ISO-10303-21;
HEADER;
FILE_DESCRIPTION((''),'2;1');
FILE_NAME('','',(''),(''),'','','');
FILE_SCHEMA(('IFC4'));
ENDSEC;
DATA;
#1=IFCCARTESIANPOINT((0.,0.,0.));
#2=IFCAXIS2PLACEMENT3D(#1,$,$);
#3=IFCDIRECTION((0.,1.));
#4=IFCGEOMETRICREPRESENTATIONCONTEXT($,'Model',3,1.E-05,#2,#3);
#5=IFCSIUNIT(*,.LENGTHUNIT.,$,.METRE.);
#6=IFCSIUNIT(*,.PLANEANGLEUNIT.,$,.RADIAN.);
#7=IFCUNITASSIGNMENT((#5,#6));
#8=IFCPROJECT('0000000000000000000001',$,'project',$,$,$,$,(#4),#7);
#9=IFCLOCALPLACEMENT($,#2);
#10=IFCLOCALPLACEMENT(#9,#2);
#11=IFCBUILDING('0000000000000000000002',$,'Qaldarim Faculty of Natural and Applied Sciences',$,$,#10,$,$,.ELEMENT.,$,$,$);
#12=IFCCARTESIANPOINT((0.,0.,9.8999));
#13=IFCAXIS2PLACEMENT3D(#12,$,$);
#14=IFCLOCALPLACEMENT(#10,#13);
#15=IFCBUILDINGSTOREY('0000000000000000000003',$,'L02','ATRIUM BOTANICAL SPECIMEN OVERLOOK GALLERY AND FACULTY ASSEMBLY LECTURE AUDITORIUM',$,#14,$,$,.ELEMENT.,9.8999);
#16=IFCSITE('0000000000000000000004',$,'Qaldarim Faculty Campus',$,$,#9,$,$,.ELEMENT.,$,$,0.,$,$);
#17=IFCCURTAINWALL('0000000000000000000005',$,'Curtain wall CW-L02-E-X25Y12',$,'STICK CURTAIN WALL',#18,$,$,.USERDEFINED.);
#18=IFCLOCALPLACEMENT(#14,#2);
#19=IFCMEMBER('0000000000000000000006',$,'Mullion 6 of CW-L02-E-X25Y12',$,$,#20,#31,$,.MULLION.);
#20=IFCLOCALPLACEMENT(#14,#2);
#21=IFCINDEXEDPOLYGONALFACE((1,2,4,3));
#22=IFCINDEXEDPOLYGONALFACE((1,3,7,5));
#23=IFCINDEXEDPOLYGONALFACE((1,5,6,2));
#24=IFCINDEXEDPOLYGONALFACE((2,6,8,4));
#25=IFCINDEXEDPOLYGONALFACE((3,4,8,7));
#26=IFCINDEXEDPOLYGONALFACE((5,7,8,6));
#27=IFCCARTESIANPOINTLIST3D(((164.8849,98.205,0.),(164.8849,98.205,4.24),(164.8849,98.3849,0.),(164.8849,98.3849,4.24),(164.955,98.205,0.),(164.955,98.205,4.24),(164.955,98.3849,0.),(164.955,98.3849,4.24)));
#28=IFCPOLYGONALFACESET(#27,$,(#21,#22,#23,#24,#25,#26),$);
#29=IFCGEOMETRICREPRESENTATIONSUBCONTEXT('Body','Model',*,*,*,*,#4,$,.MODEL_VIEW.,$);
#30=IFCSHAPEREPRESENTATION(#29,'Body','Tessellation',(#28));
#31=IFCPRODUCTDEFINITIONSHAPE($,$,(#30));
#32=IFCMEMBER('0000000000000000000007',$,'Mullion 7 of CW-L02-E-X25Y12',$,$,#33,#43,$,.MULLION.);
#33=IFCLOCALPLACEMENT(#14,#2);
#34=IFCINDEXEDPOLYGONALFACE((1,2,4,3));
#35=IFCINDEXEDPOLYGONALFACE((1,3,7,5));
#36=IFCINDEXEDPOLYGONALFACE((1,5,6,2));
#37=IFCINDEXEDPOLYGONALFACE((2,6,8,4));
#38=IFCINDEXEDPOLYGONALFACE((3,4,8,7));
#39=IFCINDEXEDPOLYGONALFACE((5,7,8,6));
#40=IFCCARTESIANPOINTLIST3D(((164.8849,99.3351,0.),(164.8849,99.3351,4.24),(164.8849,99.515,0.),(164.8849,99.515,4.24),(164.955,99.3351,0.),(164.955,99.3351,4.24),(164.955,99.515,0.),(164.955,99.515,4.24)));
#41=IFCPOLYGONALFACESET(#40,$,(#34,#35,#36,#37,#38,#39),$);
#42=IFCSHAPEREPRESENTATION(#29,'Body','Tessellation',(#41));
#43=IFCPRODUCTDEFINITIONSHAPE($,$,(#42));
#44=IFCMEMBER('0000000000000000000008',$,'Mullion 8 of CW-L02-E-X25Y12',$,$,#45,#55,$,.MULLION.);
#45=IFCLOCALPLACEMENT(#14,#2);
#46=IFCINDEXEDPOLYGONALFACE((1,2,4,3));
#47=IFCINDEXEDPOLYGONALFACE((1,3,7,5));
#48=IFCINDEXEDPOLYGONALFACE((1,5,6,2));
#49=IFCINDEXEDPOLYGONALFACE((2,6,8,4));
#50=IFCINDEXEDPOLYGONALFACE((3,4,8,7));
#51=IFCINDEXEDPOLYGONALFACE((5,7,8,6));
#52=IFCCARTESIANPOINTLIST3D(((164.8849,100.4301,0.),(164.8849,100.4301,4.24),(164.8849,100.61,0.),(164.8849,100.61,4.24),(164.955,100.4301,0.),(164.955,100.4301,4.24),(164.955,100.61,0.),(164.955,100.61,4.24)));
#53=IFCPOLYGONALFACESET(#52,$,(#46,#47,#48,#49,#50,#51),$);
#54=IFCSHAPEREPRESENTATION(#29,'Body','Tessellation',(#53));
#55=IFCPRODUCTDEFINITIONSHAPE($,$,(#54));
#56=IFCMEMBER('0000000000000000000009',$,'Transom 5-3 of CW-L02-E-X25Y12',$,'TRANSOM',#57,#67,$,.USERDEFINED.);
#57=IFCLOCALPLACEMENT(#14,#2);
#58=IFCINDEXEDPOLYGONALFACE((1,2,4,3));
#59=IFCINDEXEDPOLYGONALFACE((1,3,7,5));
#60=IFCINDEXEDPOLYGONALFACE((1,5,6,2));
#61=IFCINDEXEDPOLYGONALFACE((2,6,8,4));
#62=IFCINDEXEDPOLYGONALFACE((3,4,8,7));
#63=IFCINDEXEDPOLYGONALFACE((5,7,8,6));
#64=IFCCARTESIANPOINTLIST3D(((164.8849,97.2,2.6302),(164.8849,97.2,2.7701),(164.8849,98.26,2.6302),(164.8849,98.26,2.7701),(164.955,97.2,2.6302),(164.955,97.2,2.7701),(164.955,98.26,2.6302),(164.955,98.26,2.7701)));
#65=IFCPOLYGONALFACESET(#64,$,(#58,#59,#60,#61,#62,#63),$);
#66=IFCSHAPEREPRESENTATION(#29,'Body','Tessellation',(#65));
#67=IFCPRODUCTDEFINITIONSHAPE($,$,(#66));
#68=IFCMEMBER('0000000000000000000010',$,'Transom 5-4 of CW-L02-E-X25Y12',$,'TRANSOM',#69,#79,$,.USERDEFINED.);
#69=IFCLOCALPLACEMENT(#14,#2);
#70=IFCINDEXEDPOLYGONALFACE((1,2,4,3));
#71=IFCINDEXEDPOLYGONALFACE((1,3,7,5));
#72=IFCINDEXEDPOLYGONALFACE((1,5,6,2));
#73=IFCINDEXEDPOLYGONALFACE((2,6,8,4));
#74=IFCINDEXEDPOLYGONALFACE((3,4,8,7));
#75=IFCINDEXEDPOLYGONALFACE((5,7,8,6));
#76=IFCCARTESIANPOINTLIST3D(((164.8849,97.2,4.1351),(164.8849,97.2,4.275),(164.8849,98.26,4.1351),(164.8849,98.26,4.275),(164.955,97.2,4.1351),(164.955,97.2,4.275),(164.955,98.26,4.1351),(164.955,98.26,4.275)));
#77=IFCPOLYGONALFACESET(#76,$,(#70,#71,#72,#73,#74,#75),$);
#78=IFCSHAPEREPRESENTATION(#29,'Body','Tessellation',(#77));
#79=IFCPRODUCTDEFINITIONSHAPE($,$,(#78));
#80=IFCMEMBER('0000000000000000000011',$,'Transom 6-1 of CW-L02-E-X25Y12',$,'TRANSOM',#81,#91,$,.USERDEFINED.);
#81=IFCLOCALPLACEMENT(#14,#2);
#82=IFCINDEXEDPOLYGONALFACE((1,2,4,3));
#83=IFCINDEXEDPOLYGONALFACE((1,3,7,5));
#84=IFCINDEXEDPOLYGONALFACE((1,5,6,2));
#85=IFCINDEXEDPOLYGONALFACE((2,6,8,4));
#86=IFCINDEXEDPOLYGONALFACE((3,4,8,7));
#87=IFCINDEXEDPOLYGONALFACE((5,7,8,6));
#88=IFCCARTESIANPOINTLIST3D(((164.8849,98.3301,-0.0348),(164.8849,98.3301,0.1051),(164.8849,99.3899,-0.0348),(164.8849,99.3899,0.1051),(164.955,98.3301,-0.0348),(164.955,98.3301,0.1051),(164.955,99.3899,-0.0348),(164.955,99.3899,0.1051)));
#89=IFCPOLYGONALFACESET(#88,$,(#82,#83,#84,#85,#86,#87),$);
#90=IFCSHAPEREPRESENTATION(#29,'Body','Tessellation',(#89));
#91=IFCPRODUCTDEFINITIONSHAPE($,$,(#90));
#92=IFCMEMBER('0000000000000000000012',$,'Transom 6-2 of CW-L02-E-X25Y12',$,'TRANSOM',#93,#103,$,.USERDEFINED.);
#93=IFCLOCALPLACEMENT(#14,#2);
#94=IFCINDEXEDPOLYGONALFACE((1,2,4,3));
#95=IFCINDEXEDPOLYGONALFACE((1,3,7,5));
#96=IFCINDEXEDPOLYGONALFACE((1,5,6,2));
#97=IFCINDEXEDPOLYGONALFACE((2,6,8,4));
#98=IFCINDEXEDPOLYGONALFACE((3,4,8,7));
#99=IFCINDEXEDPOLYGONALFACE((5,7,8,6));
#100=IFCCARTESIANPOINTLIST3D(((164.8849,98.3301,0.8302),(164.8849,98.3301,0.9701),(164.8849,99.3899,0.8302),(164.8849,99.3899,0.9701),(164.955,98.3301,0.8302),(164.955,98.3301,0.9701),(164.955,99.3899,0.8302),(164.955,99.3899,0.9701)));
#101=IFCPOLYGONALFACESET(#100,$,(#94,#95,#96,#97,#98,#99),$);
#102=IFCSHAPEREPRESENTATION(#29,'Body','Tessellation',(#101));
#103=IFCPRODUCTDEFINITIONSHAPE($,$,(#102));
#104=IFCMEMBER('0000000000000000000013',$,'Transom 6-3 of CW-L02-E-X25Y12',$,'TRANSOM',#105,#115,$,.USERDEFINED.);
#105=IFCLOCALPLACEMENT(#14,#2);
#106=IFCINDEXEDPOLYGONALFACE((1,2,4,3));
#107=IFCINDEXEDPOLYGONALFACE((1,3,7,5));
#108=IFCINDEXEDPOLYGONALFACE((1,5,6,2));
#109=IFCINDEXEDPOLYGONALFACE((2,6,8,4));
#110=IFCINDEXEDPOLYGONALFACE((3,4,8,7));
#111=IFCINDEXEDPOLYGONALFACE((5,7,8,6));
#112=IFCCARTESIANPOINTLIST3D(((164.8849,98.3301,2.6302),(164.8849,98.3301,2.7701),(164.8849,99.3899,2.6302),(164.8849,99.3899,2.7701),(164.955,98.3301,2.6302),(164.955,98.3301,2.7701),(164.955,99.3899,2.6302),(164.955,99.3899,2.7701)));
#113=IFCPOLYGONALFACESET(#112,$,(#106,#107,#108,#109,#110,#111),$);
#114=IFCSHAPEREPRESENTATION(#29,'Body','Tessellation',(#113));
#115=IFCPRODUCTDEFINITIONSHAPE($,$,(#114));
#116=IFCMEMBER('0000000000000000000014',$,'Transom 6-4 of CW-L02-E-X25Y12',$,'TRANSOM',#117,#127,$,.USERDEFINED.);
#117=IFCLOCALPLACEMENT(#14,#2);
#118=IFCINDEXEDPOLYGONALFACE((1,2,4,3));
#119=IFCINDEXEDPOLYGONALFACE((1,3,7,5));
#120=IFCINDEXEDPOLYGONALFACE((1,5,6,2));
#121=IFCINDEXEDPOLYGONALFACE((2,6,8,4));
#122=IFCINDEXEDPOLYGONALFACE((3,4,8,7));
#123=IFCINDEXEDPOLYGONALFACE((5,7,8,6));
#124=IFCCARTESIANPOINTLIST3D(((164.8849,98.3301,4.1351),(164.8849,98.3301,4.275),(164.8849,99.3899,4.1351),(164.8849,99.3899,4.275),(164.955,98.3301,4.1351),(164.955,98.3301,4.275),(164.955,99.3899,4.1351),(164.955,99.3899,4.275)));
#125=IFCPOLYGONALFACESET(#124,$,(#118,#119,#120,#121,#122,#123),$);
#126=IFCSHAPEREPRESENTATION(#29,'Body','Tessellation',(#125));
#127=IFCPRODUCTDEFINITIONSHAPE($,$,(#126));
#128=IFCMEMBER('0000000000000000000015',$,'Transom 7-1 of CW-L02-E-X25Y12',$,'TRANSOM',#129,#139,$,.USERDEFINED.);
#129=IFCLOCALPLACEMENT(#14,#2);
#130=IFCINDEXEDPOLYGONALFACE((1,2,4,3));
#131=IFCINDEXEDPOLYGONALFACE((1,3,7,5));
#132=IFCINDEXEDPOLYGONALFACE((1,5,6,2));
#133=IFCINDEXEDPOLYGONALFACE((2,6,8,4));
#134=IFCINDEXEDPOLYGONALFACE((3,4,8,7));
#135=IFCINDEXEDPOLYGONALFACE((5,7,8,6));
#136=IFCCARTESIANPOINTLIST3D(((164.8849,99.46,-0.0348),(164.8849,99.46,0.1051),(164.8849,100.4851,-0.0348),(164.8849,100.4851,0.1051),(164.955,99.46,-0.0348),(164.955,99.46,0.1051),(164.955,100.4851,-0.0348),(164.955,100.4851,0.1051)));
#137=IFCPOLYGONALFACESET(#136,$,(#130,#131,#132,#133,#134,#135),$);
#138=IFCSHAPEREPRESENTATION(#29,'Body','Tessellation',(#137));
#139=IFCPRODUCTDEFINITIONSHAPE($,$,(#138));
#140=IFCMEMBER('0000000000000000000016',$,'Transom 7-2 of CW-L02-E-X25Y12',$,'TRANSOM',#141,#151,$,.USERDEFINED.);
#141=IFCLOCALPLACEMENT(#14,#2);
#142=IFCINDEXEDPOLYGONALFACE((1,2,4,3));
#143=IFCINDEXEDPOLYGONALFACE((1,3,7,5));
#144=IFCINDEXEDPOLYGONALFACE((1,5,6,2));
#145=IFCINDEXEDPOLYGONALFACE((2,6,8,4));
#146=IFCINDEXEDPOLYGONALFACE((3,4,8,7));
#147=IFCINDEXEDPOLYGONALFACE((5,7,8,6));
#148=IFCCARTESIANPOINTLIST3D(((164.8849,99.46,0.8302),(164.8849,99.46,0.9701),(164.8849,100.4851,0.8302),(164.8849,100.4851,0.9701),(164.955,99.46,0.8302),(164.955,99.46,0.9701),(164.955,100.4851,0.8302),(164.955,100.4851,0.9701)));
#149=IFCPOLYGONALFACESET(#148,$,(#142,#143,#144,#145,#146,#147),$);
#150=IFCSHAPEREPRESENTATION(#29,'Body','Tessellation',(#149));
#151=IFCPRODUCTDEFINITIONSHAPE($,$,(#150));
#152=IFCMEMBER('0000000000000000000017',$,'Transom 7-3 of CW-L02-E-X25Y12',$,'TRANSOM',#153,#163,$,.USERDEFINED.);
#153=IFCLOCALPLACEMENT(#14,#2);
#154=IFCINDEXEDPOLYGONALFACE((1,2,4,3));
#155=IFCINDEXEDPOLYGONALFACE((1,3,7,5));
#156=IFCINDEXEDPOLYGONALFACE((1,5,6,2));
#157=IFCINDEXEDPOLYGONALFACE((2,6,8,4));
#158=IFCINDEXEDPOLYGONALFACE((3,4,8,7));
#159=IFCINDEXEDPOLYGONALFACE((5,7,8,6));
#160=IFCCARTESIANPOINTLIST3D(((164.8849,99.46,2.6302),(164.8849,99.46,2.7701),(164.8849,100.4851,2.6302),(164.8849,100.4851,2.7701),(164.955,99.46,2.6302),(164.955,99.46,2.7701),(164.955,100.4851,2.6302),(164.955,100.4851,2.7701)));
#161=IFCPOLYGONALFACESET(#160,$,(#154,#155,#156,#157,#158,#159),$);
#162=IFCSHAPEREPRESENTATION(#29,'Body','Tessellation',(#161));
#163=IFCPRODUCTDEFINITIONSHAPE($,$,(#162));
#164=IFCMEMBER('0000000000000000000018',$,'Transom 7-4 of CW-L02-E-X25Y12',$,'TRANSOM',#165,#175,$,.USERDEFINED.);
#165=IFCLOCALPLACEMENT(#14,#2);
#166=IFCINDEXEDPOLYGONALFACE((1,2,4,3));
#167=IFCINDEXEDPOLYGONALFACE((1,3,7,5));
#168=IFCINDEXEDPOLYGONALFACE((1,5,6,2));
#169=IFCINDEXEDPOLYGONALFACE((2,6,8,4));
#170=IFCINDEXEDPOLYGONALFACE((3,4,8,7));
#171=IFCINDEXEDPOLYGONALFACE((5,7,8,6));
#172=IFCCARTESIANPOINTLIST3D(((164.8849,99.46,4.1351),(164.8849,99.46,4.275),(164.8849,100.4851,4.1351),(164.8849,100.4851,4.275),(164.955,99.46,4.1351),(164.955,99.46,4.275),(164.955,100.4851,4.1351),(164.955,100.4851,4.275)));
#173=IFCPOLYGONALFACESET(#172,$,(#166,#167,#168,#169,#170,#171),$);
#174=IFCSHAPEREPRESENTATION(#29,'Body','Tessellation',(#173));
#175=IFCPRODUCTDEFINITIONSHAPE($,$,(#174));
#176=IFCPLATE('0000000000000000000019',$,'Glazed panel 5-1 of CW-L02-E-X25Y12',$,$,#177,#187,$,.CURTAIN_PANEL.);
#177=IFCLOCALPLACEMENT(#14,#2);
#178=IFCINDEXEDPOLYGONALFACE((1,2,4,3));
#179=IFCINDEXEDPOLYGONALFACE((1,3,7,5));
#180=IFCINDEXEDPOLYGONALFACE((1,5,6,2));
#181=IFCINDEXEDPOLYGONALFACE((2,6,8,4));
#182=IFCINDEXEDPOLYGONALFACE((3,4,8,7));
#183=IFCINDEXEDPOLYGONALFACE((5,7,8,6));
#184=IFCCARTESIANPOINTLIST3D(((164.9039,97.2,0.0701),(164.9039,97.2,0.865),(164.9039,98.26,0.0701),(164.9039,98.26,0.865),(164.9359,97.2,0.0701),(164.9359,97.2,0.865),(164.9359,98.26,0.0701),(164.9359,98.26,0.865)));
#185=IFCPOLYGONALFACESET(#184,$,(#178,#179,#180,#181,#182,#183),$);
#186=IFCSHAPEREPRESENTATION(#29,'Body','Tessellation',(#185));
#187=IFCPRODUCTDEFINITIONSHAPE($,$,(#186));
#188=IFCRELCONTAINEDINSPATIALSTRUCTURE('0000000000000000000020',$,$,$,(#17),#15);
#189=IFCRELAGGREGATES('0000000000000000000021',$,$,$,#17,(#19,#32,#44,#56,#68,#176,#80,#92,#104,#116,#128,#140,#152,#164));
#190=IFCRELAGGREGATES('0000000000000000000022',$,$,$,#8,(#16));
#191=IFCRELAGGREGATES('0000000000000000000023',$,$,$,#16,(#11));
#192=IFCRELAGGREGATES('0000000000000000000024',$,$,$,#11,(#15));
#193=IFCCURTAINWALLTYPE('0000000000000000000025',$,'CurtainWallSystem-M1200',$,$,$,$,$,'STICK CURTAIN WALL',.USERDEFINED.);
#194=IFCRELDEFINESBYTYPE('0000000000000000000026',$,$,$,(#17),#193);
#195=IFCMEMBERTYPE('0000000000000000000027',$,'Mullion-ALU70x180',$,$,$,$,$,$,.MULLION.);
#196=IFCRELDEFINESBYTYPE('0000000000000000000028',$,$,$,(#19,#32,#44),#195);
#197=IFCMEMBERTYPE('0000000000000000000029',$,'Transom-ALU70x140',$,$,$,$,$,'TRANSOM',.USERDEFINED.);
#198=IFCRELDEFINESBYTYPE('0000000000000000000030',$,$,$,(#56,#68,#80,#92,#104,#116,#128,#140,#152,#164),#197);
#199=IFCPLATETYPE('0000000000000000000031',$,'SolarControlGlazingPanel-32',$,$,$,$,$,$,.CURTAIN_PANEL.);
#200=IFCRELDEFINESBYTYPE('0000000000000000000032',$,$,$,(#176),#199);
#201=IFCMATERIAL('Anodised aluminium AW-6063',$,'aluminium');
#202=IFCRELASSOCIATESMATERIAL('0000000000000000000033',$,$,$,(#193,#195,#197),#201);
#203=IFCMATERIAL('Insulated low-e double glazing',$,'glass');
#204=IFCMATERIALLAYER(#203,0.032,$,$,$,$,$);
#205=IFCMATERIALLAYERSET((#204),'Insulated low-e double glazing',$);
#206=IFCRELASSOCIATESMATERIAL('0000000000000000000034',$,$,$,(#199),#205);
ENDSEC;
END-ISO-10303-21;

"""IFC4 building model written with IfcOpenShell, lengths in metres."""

from ifc_helpers import new_model, si_unit, direction, frame, origin, origin_2d, place, context, subcontext, project, spatial, rectangle, extrude, material, layer, layer_set, material_profile, profile_set, type_object, element, aggregate, save


model = new_model("IFC4")

# Units and contexts
model_context = context("Model", 3, precision=1e-05, world=origin(), true_north=direction((0.0, 1.0)))
body_context = subcontext(model_context, "Body", "Model", "MODEL_VIEW")
ifc_project = project(units=[si_unit("LENGTHUNIT", "METRE"), si_unit("PLANEANGLEUNIT", "RADIAN")], contexts=[model_context])

# Site, building, storey
site_placement = place(None, origin())
site = spatial("IfcSite", under=ifc_project, at=site_placement, Name="Qaldarim Faculty Campus", CompositionType="ELEMENT", RefElevation=0.0)
building_placement = place(site_placement, origin())
building = spatial("IfcBuilding", under=site, at=building_placement, Name="Qaldarim Faculty of Natural and Applied Sciences", CompositionType="ELEMENT")
storey_placement = place(building_placement, frame((0.0, 0.0, 9.8999)))
storey = spatial("IfcBuildingStorey", under=building, at=storey_placement, Name="L02", Description="ATRIUM BOTANICAL SPECIMEN OVERLOOK GALLERY AND FACULTY ASSEMBLY LECTURE AUDITORIUM", CompositionType="ELEMENT", Elevation=9.8999)

# Curtain wall, members, plate
ifc_material_1 = material(Name="Anodised aluminium AW-6063", Category="aluminium")
curtain_wall_type = type_object("IfcCurtainWallType", Name="CurtainWallSystem-M1200", ElementType="STICK CURTAIN WALL", PredefinedType="USERDEFINED", material=ifc_material_1)
curtain_wall_placement = place(storey_placement, origin())
curtain_wall = element("IfcCurtainWall", 1, at=curtain_wall_placement, inside=storey, type_object=curtain_wall_type, Name="Curtain wall CW-L02-E-X25Y12", ObjectType="STICK CURTAIN WALL", PredefinedType="USERDEFINED")
ifc_material_profile_1 = material_profile(ifc_material_1, rectangle(XDim=0.0701, YDim=0.1799, at=origin_2d()), Name="ALU-M70x180")
ifc_profile_set_1 = profile_set([ifc_material_profile_1], Name="Anodised aluminium AW-6063")
member_type_1 = type_object("IfcMemberType", Name="Mullion-ALU70x180", PredefinedType="MULLION", material=ifc_profile_set_1)
member_1_placement = place(storey_placement, frame((164.9199, 98.2949, 0.0), z_axis=(0.0, 0.0, 1.0), x_axis=(-1.0, 0.0, 0.0)))
member_1 = element("IfcMember", 2, at=member_1_placement, type_object=member_type_1, Name="Mullion 6 of CW-L02-E-X25Y12", PredefinedType="MULLION", context=body_context, shape_type="SweptSolid", body=[
    extrude(rectangle(XDim=0.0701, YDim=0.1799, at=origin_2d()), origin(), (0.0, 0.0, 1.0), 4.24),
])
member_2_placement = place(storey_placement, frame((164.9199, 99.425, 0.0), z_axis=(0.0, 0.0, 1.0), x_axis=(-1.0, 0.0, 0.0)))
member_2 = element("IfcMember", 3, at=member_2_placement, type_object=member_type_1, Name="Mullion 7 of CW-L02-E-X25Y12", PredefinedType="MULLION", context=body_context, shape_type="SweptSolid", body=[
    extrude(rectangle(XDim=0.0701, YDim=0.1799, at=origin_2d()), origin(), (0.0, 0.0, 1.0), 4.24),
])
member_3_placement = place(storey_placement, frame((164.9199, 100.52, 0.0), z_axis=(0.0, 0.0, 1.0), x_axis=(-1.0, 0.0, 0.0)))
member_3 = element("IfcMember", 4, at=member_3_placement, type_object=member_type_1, Name="Mullion 8 of CW-L02-E-X25Y12", PredefinedType="MULLION", context=body_context, shape_type="SweptSolid", body=[
    extrude(rectangle(XDim=0.0701, YDim=0.1799, at=origin_2d()), origin(), (0.0, 0.0, 1.0), 4.24),
])
ifc_material_profile_2 = material_profile(ifc_material_1, rectangle(XDim=0.0701, YDim=0.1399, at=origin_2d()), Name="ALU-T70x140")
ifc_profile_set_2 = profile_set([ifc_material_profile_2], Name="Anodised aluminium AW-6063")
member_type_2 = type_object("IfcMemberType", Name="Transom-ALU70x140", ElementType="TRANSOM", PredefinedType="USERDEFINED", material=ifc_profile_set_2)
member_4_placement = place(storey_placement, frame((164.9199, 97.2, 2.7002), z_axis=(0.0, 1.0, 0.0), x_axis=(-1.0, 0.0, 0.0)))
member_4 = element("IfcMember", 5, at=member_4_placement, type_object=member_type_2, Name="Transom 5-3 of CW-L02-E-X25Y12", ObjectType="TRANSOM", PredefinedType="USERDEFINED", context=body_context, shape_type="SweptSolid", body=[
    extrude(rectangle(XDim=0.0701, YDim=0.1399, at=origin_2d()), origin(), (0.0, 0.0, 1.0), 1.0601),
])
member_5_placement = place(storey_placement, frame((164.9199, 97.2, 4.2051), z_axis=(0.0, 1.0, 0.0), x_axis=(-1.0, 0.0, 0.0)))
member_5 = element("IfcMember", 6, at=member_5_placement, type_object=member_type_2, Name="Transom 5-4 of CW-L02-E-X25Y12", ObjectType="TRANSOM", PredefinedType="USERDEFINED", context=body_context, shape_type="SweptSolid", body=[
    extrude(rectangle(XDim=0.0701, YDim=0.1399, at=origin_2d()), origin(), (0.0, 0.0, 1.0), 1.0601),
])
member_6_placement = place(storey_placement, frame((164.9199, 98.3301, 0.0352), z_axis=(0.0, 1.0, 0.0), x_axis=(-1.0, 0.0, 0.0)))
member_6 = element("IfcMember", 7, at=member_6_placement, type_object=member_type_2, Name="Transom 6-1 of CW-L02-E-X25Y12", ObjectType="TRANSOM", PredefinedType="USERDEFINED", context=body_context, shape_type="SweptSolid", body=[
    extrude(rectangle(XDim=0.0701, YDim=0.1399, at=origin_2d()), origin(), (0.0, 0.0, 1.0), 1.0598),
])
member_7_placement = place(storey_placement, frame((164.9199, 98.3301, 0.9001), z_axis=(0.0, 1.0, 0.0), x_axis=(-1.0, 0.0, 0.0)))
member_7 = element("IfcMember", 8, at=member_7_placement, type_object=member_type_2, Name="Transom 6-2 of CW-L02-E-X25Y12", ObjectType="TRANSOM", PredefinedType="USERDEFINED", context=body_context, shape_type="SweptSolid", body=[
    extrude(rectangle(XDim=0.0701, YDim=0.1399, at=origin_2d()), origin(), (0.0, 0.0, 1.0), 1.0598),
])
member_8_placement = place(storey_placement, frame((164.9199, 98.3301, 2.7002), z_axis=(0.0, 1.0, 0.0), x_axis=(-1.0, 0.0, 0.0)))
member_8 = element("IfcMember", 9, at=member_8_placement, type_object=member_type_2, Name="Transom 6-3 of CW-L02-E-X25Y12", ObjectType="TRANSOM", PredefinedType="USERDEFINED", context=body_context, shape_type="SweptSolid", body=[
    extrude(rectangle(XDim=0.0701, YDim=0.1399, at=origin_2d()), origin(), (0.0, 0.0, 1.0), 1.0598),
])
member_9_placement = place(storey_placement, frame((164.9199, 98.3301, 4.2051), z_axis=(0.0, 1.0, 0.0), x_axis=(-1.0, 0.0, 0.0)))
member_9 = element("IfcMember", 10, at=member_9_placement, type_object=member_type_2, Name="Transom 6-4 of CW-L02-E-X25Y12", ObjectType="TRANSOM", PredefinedType="USERDEFINED", context=body_context, shape_type="SweptSolid", body=[
    extrude(rectangle(XDim=0.0701, YDim=0.1399, at=origin_2d()), origin(), (0.0, 0.0, 1.0), 1.0598),
])
member_10_placement = place(storey_placement, frame((164.9199, 99.46, 0.0352), z_axis=(0.0, 1.0, 0.0), x_axis=(-1.0, 0.0, 0.0)))
member_10 = element("IfcMember", 11, at=member_10_placement, type_object=member_type_2, Name="Transom 7-1 of CW-L02-E-X25Y12", ObjectType="TRANSOM", PredefinedType="USERDEFINED", context=body_context, shape_type="SweptSolid", body=[
    extrude(rectangle(XDim=0.0701, YDim=0.1399, at=origin_2d()), origin(), (0.0, 0.0, 1.0), 1.0251),
])
member_11_placement = place(storey_placement, frame((164.9199, 99.46, 0.9001), z_axis=(0.0, 1.0, 0.0), x_axis=(-1.0, 0.0, 0.0)))
member_11 = element("IfcMember", 12, at=member_11_placement, type_object=member_type_2, Name="Transom 7-2 of CW-L02-E-X25Y12", ObjectType="TRANSOM", PredefinedType="USERDEFINED", context=body_context, shape_type="SweptSolid", body=[
    extrude(rectangle(XDim=0.0701, YDim=0.1399, at=origin_2d()), origin(), (0.0, 0.0, 1.0), 1.0251),
])
member_12_placement = place(storey_placement, frame((164.9199, 99.46, 2.7002), z_axis=(0.0, 1.0, 0.0), x_axis=(-1.0, 0.0, 0.0)))
member_12 = element("IfcMember", 13, at=member_12_placement, type_object=member_type_2, Name="Transom 7-3 of CW-L02-E-X25Y12", ObjectType="TRANSOM", PredefinedType="USERDEFINED", context=body_context, shape_type="SweptSolid", body=[
    extrude(rectangle(XDim=0.0701, YDim=0.1399, at=origin_2d()), origin(), (0.0, 0.0, 1.0), 1.0251),
])
member_13_placement = place(storey_placement, frame((164.9199, 99.46, 4.2051), z_axis=(0.0, 1.0, 0.0), x_axis=(-1.0, 0.0, 0.0)))
member_13 = element("IfcMember", 14, at=member_13_placement, type_object=member_type_2, Name="Transom 7-4 of CW-L02-E-X25Y12", ObjectType="TRANSOM", PredefinedType="USERDEFINED", context=body_context, shape_type="SweptSolid", body=[
    extrude(rectangle(XDim=0.0701, YDim=0.1399, at=origin_2d()), origin(), (0.0, 0.0, 1.0), 1.0251),
])
ifc_material_2 = material(Name="Insulated low-e double glazing", Category="glass")
ifc_layer_1 = layer(ifc_material_2, 0.032)
ifc_layer_set_1 = layer_set([ifc_layer_1], Name="Insulated low-e double glazing")
plate_type = type_object("IfcPlateType", Name="SolarControlGlazingPanel-32", PredefinedType="CURTAIN_PANEL", material=ifc_layer_set_1)
plate_1_placement = place(storey_placement, frame((164.9199, 97.73, 0.0701), z_axis=(0.0, 0.0, 1.0), x_axis=(0.0, 1.0, 0.0)))
plate_1 = element("IfcPlate", 15, at=plate_1_placement, type_object=plate_type, Name="Glazed panel 5-1 of CW-L02-E-X25Y12", PredefinedType="CURTAIN_PANEL", context=body_context, shape_type="SweptSolid", body=[
    extrude(rectangle(XDim=1.0601, YDim=0.032, at=origin_2d()), origin(), (0.0, 0.0, 1.0), 0.7949),
])
aggregate(curtain_wall, [member_1, member_2, member_3, member_4, member_5, plate_1, member_6, member_7, member_8, member_9, member_10, member_11, member_12, member_13])

save(model, "model.ifc")
